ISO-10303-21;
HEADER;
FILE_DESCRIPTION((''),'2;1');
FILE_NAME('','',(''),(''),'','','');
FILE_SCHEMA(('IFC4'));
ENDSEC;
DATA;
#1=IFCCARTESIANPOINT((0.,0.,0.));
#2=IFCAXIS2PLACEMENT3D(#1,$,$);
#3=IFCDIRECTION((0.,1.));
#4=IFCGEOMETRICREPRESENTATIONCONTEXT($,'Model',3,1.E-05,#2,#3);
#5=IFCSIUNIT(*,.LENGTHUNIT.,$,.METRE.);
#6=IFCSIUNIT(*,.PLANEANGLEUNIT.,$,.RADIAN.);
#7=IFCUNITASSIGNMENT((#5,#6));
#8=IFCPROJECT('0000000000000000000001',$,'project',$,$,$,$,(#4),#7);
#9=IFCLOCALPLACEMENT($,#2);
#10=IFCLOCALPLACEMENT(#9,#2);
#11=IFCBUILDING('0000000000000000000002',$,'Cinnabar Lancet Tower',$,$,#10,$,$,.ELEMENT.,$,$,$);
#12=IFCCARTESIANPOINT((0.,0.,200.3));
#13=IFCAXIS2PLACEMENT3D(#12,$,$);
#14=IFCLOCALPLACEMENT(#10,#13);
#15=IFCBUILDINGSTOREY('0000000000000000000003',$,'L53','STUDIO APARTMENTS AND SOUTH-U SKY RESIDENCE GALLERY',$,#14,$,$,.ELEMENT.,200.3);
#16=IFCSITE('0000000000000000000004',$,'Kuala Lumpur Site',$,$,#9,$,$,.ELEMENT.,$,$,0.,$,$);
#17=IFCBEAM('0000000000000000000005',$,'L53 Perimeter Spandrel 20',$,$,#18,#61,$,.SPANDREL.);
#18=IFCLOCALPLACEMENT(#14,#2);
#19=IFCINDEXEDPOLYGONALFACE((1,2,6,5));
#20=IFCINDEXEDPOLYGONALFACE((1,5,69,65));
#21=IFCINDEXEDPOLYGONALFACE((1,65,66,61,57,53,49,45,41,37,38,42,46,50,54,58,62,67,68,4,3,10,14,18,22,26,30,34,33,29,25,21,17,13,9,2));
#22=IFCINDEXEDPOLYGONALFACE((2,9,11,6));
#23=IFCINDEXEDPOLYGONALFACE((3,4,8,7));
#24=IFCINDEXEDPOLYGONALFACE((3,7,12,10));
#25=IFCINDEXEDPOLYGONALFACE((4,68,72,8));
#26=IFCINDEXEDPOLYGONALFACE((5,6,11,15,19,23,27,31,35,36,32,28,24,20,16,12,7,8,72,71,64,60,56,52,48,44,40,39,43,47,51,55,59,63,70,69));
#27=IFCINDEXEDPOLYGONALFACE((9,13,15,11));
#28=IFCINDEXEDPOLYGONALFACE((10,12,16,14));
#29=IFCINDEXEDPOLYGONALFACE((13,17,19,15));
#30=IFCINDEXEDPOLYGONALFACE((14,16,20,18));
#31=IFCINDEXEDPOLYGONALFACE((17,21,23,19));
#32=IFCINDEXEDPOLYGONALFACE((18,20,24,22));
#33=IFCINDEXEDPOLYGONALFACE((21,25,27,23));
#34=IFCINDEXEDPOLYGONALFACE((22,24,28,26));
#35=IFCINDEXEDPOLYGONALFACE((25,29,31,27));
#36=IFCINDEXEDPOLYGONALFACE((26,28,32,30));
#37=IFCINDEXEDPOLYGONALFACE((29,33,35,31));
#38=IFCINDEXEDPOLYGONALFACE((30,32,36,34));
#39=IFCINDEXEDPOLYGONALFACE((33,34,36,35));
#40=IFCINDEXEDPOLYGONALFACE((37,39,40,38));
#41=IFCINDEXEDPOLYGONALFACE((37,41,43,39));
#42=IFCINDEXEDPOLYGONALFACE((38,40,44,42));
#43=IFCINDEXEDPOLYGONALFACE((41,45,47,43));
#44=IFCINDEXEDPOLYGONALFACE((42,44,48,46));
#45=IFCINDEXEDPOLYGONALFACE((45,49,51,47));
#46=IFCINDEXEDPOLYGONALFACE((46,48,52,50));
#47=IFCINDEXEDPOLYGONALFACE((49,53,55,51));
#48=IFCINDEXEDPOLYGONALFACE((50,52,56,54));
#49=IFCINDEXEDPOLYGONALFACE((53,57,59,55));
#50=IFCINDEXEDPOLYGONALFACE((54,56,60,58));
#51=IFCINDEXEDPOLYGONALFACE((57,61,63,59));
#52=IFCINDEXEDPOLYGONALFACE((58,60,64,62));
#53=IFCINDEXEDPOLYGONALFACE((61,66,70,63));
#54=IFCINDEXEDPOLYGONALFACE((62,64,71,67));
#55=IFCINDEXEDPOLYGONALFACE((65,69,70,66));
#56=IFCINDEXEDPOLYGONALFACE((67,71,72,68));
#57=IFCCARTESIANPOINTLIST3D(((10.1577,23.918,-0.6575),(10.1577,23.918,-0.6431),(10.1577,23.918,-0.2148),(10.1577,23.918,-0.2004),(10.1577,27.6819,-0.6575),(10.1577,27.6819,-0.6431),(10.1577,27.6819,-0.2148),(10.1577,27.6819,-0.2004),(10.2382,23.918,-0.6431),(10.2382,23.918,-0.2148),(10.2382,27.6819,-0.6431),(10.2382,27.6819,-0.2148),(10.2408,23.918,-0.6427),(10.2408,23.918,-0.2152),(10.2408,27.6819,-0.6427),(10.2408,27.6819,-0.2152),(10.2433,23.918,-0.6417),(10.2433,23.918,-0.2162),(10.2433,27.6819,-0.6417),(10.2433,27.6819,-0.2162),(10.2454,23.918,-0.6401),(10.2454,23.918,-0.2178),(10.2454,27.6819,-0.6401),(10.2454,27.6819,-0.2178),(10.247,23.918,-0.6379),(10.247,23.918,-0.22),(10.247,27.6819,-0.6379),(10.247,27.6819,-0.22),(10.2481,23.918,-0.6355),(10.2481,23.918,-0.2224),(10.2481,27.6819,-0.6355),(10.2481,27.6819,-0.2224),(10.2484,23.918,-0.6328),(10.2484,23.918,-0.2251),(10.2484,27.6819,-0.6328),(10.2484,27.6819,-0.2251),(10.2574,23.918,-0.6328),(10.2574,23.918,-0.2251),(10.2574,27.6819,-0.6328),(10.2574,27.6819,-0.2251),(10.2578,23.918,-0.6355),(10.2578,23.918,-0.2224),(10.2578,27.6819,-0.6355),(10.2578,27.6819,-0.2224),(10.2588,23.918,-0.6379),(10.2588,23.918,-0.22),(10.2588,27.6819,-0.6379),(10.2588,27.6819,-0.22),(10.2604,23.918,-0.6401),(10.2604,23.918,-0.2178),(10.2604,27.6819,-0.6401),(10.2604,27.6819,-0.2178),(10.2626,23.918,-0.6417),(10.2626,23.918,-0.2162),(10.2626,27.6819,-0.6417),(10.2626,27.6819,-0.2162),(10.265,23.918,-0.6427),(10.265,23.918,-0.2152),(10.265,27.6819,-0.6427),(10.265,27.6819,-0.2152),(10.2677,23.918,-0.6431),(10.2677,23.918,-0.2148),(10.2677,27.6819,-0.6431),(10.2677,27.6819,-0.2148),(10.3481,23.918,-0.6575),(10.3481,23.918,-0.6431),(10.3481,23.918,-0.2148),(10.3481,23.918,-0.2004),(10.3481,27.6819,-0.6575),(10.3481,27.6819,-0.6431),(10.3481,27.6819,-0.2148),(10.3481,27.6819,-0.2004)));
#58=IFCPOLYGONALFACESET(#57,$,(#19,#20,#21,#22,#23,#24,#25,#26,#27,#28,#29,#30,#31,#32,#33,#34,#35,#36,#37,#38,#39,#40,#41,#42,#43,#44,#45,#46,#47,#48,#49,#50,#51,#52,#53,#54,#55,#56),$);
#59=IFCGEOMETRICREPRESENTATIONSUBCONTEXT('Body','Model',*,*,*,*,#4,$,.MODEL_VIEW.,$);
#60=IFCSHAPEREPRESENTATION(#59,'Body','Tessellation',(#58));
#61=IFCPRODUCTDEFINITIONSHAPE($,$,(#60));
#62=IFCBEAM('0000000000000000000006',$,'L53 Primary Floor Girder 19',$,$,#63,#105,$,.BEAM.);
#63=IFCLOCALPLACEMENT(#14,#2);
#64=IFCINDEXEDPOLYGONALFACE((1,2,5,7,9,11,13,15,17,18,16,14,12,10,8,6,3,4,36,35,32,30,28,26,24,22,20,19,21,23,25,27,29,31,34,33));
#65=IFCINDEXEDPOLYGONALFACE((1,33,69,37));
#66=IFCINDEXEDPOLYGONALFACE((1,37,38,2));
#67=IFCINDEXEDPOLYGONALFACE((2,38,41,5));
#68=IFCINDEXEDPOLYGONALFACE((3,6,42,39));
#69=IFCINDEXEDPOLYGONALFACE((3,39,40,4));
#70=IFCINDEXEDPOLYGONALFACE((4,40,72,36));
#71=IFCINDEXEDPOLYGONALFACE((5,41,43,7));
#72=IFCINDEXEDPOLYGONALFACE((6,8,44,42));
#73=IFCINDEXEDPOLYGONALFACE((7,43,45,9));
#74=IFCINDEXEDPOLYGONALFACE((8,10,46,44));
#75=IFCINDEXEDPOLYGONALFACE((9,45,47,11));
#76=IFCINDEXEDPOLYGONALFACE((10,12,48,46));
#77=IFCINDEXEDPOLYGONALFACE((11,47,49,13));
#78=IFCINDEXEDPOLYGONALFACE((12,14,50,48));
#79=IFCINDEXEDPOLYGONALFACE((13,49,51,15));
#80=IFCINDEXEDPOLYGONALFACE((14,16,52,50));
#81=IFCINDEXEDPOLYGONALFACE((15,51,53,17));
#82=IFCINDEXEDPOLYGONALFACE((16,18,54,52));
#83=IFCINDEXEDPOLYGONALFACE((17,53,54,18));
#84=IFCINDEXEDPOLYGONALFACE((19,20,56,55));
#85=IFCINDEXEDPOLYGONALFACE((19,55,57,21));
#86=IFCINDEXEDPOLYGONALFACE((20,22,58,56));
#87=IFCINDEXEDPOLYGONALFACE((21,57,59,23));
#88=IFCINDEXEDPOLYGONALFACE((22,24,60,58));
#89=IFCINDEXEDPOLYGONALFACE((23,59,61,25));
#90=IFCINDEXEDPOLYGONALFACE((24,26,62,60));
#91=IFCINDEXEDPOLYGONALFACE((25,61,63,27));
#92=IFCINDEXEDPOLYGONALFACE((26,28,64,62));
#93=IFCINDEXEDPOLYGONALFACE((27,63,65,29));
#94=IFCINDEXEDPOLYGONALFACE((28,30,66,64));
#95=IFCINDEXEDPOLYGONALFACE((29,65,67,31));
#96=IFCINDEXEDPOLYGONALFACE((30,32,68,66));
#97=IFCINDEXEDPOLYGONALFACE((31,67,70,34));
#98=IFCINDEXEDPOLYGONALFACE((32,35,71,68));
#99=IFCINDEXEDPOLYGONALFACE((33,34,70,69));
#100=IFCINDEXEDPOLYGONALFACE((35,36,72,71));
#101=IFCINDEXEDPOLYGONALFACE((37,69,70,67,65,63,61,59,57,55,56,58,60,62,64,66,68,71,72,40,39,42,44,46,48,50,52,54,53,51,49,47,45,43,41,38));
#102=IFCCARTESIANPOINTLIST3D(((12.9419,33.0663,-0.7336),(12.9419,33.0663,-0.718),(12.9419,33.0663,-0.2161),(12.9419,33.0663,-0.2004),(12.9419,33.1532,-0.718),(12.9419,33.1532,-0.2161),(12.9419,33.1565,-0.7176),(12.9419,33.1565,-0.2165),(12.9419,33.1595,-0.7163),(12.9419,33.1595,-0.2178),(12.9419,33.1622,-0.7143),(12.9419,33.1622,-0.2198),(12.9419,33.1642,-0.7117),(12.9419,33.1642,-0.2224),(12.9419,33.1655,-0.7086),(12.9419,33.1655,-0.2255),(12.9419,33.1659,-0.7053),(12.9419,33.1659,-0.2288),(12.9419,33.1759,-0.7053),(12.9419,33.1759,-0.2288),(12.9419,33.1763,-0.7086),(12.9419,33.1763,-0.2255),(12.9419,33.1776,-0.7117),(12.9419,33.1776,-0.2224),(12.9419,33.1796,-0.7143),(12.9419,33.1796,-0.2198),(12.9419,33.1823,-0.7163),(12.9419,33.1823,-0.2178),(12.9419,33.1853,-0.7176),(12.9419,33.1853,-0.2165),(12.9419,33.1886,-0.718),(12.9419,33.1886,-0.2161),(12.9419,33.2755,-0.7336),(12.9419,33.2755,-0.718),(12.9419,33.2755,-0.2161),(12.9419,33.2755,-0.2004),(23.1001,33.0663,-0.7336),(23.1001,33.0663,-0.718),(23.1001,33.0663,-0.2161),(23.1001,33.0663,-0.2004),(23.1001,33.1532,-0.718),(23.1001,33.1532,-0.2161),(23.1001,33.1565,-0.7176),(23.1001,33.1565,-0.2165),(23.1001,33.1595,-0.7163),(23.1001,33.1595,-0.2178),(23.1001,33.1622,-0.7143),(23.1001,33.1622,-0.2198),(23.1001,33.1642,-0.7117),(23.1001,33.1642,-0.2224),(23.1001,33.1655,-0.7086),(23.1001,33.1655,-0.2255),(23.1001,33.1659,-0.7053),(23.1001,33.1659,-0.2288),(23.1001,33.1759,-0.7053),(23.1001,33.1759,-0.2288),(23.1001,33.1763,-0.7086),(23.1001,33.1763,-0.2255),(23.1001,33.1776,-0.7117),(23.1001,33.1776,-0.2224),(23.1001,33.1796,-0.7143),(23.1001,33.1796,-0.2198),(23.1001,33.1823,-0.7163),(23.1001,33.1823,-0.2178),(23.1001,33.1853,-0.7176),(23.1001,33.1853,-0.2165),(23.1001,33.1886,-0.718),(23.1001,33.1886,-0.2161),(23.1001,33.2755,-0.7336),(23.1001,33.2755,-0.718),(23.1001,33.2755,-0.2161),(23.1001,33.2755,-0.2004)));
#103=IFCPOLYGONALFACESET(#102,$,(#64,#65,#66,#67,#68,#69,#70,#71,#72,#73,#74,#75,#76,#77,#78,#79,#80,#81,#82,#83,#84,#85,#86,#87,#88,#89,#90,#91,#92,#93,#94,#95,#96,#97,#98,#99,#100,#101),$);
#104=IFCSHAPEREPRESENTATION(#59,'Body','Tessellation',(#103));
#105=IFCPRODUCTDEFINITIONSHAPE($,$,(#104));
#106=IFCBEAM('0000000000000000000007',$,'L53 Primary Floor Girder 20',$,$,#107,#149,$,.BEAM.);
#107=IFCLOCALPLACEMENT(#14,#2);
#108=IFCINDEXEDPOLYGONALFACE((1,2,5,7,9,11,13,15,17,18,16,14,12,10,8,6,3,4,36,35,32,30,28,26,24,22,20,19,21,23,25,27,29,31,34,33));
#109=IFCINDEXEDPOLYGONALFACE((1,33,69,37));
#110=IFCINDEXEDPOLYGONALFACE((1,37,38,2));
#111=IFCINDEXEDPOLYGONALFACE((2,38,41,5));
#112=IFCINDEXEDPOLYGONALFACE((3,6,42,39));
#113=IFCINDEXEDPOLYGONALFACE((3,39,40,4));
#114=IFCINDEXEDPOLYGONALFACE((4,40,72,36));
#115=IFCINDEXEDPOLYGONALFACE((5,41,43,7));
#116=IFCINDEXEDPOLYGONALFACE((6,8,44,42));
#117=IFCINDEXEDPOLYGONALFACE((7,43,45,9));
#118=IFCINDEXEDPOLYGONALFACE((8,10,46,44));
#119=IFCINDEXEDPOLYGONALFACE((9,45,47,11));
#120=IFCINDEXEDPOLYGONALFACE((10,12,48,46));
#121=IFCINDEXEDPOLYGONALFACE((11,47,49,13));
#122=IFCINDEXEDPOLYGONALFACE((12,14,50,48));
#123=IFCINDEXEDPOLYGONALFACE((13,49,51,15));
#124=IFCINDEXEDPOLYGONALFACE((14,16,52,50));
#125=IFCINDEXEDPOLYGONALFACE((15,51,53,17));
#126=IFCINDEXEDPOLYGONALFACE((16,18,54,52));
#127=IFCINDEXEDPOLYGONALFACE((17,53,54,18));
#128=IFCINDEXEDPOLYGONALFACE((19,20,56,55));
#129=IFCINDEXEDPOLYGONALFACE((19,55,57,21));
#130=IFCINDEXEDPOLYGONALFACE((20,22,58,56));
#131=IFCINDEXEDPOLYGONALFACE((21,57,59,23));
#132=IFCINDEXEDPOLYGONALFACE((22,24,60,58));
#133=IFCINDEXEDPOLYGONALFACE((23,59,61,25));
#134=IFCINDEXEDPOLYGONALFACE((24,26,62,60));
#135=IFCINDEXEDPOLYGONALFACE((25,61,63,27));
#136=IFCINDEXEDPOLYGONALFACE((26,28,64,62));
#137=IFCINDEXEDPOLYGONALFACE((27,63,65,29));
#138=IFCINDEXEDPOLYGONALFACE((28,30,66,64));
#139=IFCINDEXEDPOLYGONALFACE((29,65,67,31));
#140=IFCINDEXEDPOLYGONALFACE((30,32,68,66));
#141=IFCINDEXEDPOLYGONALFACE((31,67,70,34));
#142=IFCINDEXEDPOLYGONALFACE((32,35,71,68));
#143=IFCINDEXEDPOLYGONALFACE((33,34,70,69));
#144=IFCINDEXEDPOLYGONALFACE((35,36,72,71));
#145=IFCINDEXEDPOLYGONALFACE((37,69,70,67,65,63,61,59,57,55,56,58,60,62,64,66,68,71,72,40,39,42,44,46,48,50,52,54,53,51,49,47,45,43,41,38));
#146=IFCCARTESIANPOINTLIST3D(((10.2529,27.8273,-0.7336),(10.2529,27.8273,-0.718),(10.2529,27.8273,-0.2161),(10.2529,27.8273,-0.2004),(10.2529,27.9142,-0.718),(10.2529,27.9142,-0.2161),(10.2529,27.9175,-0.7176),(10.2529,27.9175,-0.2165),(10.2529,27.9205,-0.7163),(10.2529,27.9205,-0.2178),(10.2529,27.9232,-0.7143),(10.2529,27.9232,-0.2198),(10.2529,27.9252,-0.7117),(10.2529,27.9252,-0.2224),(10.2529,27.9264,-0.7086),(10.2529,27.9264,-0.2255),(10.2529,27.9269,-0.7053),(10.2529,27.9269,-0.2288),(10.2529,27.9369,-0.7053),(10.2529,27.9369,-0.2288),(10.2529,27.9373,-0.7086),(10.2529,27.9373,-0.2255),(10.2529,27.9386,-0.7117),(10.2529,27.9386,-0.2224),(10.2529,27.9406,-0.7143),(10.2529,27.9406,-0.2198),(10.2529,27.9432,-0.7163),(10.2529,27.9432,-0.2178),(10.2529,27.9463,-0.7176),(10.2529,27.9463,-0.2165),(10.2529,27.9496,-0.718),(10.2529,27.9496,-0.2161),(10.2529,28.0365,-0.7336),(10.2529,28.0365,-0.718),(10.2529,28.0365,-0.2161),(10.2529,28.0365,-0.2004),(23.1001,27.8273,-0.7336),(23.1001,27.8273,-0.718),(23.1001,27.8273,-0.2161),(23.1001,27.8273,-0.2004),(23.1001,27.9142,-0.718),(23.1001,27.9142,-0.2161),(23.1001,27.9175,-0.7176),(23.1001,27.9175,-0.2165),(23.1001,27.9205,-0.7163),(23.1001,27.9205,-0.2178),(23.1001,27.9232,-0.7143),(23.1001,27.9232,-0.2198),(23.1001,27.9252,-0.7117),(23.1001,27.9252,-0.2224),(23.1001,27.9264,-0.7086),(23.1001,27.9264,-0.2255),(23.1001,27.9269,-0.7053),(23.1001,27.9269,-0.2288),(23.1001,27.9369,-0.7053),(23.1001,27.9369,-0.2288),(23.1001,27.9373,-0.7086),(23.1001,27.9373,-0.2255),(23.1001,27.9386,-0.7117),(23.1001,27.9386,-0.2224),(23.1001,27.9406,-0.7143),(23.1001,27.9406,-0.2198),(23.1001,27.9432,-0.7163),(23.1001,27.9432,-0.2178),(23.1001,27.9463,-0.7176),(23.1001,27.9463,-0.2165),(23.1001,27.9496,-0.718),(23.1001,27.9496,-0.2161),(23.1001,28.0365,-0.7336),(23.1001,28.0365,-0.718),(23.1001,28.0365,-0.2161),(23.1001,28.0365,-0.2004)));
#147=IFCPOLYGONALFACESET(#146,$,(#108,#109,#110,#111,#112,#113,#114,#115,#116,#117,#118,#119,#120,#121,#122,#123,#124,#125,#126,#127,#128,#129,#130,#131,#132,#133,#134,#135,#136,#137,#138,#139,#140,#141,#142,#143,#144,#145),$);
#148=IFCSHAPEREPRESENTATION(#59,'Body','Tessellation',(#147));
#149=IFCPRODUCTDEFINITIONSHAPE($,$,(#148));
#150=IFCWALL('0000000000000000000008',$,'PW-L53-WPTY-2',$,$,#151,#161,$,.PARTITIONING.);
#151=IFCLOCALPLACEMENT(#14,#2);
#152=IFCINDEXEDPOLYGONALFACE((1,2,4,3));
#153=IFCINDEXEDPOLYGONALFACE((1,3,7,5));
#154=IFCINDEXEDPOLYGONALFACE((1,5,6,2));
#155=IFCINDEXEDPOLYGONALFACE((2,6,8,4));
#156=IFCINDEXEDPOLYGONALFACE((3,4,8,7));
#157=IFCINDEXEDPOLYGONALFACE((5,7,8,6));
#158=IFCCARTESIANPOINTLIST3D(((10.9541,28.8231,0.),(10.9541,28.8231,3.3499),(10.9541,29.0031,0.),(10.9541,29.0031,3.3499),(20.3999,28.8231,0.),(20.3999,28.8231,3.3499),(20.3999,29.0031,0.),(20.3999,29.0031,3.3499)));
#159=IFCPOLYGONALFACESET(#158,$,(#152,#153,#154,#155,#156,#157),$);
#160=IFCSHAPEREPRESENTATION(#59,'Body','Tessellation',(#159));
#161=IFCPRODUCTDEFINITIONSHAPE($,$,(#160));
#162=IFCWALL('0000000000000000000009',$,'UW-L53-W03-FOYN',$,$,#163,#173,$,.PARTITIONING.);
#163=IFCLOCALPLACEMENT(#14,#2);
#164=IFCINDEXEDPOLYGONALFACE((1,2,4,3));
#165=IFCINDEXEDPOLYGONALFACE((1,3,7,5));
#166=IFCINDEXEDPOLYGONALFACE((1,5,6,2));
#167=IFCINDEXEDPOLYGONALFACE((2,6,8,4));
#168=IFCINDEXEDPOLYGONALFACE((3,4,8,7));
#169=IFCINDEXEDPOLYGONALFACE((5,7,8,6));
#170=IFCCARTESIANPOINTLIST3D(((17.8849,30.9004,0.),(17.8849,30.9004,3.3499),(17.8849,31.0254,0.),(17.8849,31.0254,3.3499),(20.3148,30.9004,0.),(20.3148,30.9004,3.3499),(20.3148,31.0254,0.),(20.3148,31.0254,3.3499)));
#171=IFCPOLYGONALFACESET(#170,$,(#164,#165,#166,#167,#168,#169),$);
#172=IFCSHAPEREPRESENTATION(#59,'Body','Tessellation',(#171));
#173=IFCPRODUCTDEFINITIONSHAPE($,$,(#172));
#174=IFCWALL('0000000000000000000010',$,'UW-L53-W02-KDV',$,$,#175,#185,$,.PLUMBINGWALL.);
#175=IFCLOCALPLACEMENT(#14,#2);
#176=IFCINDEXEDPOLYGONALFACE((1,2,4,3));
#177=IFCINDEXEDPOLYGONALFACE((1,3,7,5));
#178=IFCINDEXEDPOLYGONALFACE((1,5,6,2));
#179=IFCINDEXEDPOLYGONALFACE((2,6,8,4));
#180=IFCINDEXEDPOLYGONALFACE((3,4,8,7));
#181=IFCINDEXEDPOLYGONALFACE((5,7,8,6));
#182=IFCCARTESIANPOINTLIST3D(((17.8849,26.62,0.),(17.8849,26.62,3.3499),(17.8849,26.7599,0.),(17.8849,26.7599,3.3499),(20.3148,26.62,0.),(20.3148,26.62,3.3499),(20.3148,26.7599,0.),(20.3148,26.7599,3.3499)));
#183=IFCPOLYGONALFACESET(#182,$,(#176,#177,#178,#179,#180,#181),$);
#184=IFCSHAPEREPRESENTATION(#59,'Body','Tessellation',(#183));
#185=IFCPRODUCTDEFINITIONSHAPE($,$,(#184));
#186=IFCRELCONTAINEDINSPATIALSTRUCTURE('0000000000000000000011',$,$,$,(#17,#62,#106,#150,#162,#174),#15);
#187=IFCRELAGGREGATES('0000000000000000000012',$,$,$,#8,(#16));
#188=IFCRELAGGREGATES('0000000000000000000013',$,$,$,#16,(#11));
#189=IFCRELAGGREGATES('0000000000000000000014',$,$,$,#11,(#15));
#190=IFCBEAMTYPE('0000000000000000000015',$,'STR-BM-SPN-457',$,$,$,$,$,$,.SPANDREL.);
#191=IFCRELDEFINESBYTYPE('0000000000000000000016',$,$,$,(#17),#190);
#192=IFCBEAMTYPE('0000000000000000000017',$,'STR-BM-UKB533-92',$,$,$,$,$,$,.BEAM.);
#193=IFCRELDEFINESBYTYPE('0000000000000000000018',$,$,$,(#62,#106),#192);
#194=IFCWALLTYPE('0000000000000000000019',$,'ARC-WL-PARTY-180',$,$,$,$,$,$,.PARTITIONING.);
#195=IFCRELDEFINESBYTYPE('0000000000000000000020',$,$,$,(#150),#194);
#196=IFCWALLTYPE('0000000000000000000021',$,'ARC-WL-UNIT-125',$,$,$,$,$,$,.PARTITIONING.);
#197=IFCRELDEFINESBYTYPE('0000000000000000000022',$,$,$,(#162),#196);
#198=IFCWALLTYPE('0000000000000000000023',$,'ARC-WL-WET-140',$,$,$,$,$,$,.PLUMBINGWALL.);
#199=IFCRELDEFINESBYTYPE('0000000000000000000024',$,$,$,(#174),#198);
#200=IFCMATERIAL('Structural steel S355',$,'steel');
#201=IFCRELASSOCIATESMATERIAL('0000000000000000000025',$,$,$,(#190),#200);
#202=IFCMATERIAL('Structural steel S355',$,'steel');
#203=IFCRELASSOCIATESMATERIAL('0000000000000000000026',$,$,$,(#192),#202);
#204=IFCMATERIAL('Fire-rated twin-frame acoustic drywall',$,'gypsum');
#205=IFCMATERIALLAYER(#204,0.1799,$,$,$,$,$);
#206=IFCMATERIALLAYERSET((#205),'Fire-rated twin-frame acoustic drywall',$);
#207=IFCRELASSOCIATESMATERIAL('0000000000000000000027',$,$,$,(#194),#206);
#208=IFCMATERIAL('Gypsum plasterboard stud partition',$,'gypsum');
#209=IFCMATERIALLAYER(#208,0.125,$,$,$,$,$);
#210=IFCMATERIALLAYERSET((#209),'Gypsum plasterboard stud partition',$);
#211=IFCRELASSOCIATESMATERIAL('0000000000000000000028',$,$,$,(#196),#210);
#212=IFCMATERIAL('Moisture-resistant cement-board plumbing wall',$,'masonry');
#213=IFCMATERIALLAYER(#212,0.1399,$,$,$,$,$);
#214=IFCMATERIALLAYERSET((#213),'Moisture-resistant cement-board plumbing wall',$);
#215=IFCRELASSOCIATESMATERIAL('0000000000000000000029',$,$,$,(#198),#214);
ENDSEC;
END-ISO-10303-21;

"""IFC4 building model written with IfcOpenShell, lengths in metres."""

from ifc_helpers import new_model, si_unit, direction, frame, frame_2d, origin, origin_2d, place, context, subcontext, project, spatial, rectangle, i_section, extrude, material, layer, layer_set, material_profile, profile_set, type_object, element, save


model = new_model("IFC4")

# Units and contexts
model_context = context("Model", 3, precision=1e-05, world=origin(), true_north=direction((0.0, 1.0)))
body_context = subcontext(model_context, "Body", "Model", "MODEL_VIEW")
ifc_project = project(units=[si_unit("LENGTHUNIT", "METRE"), si_unit("PLANEANGLEUNIT", "RADIAN")], contexts=[model_context])

# Site, building, storey
site_placement = place(None, origin())
site = spatial("IfcSite", under=ifc_project, at=site_placement, Name="Kuala Lumpur Site", CompositionType="ELEMENT", RefElevation=0.0)
building_placement = place(site_placement, origin())
building = spatial("IfcBuilding", under=site, at=building_placement, Name="Cinnabar Lancet Tower", CompositionType="ELEMENT")
storey_placement = place(building_placement, frame((0.0, 0.0, 200.3)))
storey = spatial("IfcBuildingStorey", under=building, at=storey_placement, Name="L53", Description="STUDIO APARTMENTS AND SOUTH-U SKY RESIDENCE GALLERY", CompositionType="ELEMENT", Elevation=200.3)

# Beams
ifc_material_1 = material(Name="Structural steel S355", Category="steel")
ifc_material_profile_1 = material_profile(ifc_material_1, i_section(OverallWidth=0.1904, OverallDepth=0.457, WebThickness=0.009, FlangeThickness=0.0144, FilletRadius=0.0103, at=origin_2d()), Name="UKB 457x191x74")
ifc_profile_set_1 = profile_set([ifc_material_profile_1], Name="Structural steel S355")
beam_type_1 = type_object("IfcBeamType", Name="STR-BM-SPN-457", PredefinedType="SPANDREL", material=ifc_profile_set_1)
beam_1_placement = place(storey_placement, frame((10.2529, 27.6819, -0.429), z_axis=(0.0, -1.0, 0.0), x_axis=(1.0, 0.0, 0.0)))
element("IfcBeam", 1, at=beam_1_placement, inside=storey, type_object=beam_type_1, Name="L53 Perimeter Spandrel 20", PredefinedType="SPANDREL", context=body_context, shape_type="SweptSolid", body=[
    extrude(i_section(OverallWidth=0.1904, OverallDepth=0.457, WebThickness=0.009, FlangeThickness=0.0144, FilletRadius=0.0103, at=origin_2d()), origin(), (0.0, 0.0, 1.0), 3.7639),
])
ifc_material_2 = material(Name="Structural steel S355", Category="steel")
ifc_material_profile_2 = material_profile(ifc_material_2, i_section(OverallWidth=0.2092, OverallDepth=0.5332, WebThickness=0.01, FlangeThickness=0.0156, FilletRadius=0.0127, at=origin_2d()), Name="UKB 533x210x92")
ifc_profile_set_2 = profile_set([ifc_material_profile_2], Name="Structural steel S355")
beam_type_2 = type_object("IfcBeamType", Name="STR-BM-UKB533-92", PredefinedType="BEAM", material=ifc_profile_set_2)
beam_2_placement = place(storey_placement, frame((12.9419, 33.1709, -0.467), z_axis=(1.0, 0.0, 0.0), x_axis=(0.0, 1.0, 0.0)))
element("IfcBeam", 2, at=beam_2_placement, inside=storey, type_object=beam_type_2, Name="L53 Primary Floor Girder 19", PredefinedType="BEAM", context=body_context, shape_type="SweptSolid", body=[
    extrude(i_section(OverallWidth=0.2092, OverallDepth=0.5332, WebThickness=0.01, FlangeThickness=0.0156, FilletRadius=0.0127, at=origin_2d()), origin(), (0.0, 0.0, 1.0), 10.1582),
])
beam_3_placement = place(storey_placement, frame((10.2529, 27.9319, -0.467), z_axis=(1.0, 0.0, 0.0), x_axis=(0.0, 1.0, 0.0)))
element("IfcBeam", 3, at=beam_3_placement, inside=storey, type_object=beam_type_2, Name="L53 Primary Floor Girder 20", PredefinedType="BEAM", context=body_context, shape_type="SweptSolid", body=[
    extrude(i_section(OverallWidth=0.2092, OverallDepth=0.5332, WebThickness=0.01, FlangeThickness=0.0156, FilletRadius=0.0127, at=origin_2d()), origin(), (0.0, 0.0, 1.0), 12.8472),
])

# Walls
ifc_material_3 = material(Name="Fire-rated twin-frame acoustic drywall", Category="gypsum")
ifc_layer_1 = layer(ifc_material_3, 0.1799)
ifc_layer_set_1 = layer_set([ifc_layer_1], Name="Fire-rated twin-frame acoustic drywall")
wall_type_1 = type_object("IfcWallType", Name="ARC-WL-PARTY-180", PredefinedType="PARTITIONING", material=ifc_layer_set_1)
wall_1_placement = place(storey_placement, frame((10.9541, 28.9131, 0.0), z_axis=(0.0, 0.0, 1.0), x_axis=(1.0, 0.0, 0.0)))
element("IfcWall", 4, at=wall_1_placement, inside=storey, type_object=wall_type_1, Name="PW-L53-WPTY-2", PredefinedType="PARTITIONING", context=body_context, shape_type="SweptSolid", body=[
    extrude(rectangle(XDim=9.4458, YDim=0.1799, at=frame_2d((4.7229, 0.0))), origin(), (0.0, 0.0, 1.0), 3.3499),
])
ifc_material_4 = material(Name="Gypsum plasterboard stud partition", Category="gypsum")
ifc_layer_2 = layer(ifc_material_4, 0.125)
ifc_layer_set_2 = layer_set([ifc_layer_2], Name="Gypsum plasterboard stud partition")
wall_type_2 = type_object("IfcWallType", Name="ARC-WL-UNIT-125", PredefinedType="PARTITIONING", material=ifc_layer_set_2)
wall_2_placement = place(storey_placement, frame((17.885, 30.9629, 0.0), z_axis=(0.0, 0.0, 1.0), x_axis=(1.0, 0.0, 0.0)))
element("IfcWall", 5, at=wall_2_placement, inside=storey, type_object=wall_type_2, Name="UW-L53-W03-FOYN", PredefinedType="PARTITIONING", context=body_context, shape_type="SweptSolid", body=[
    extrude(rectangle(XDim=2.4299, YDim=0.125, at=frame_2d((1.2148, 0.0))), origin(), (0.0, 0.0, 1.0), 3.3499),
])
ifc_material_5 = material(Name="Moisture-resistant cement-board plumbing wall", Category="masonry")
ifc_layer_3 = layer(ifc_material_5, 0.1399)
ifc_layer_set_3 = layer_set([ifc_layer_3], Name="Moisture-resistant cement-board plumbing wall")
wall_type_3 = type_object("IfcWallType", Name="ARC-WL-WET-140", PredefinedType="PLUMBINGWALL", material=ifc_layer_set_3)
wall_3_placement = place(storey_placement, frame((17.885, 26.6899, 0.0), z_axis=(0.0, 0.0, 1.0), x_axis=(1.0, 0.0, 0.0)))
element("IfcWall", 6, at=wall_3_placement, inside=storey, type_object=wall_type_3, Name="UW-L53-W02-KDV", PredefinedType="PLUMBINGWALL", context=body_context, shape_type="SweptSolid", body=[
    extrude(rectangle(XDim=2.4299, YDim=0.1399, at=frame_2d((1.2148, 0.0))), origin(), (0.0, 0.0, 1.0), 3.3499),
])

save(model, "model.ifc")
